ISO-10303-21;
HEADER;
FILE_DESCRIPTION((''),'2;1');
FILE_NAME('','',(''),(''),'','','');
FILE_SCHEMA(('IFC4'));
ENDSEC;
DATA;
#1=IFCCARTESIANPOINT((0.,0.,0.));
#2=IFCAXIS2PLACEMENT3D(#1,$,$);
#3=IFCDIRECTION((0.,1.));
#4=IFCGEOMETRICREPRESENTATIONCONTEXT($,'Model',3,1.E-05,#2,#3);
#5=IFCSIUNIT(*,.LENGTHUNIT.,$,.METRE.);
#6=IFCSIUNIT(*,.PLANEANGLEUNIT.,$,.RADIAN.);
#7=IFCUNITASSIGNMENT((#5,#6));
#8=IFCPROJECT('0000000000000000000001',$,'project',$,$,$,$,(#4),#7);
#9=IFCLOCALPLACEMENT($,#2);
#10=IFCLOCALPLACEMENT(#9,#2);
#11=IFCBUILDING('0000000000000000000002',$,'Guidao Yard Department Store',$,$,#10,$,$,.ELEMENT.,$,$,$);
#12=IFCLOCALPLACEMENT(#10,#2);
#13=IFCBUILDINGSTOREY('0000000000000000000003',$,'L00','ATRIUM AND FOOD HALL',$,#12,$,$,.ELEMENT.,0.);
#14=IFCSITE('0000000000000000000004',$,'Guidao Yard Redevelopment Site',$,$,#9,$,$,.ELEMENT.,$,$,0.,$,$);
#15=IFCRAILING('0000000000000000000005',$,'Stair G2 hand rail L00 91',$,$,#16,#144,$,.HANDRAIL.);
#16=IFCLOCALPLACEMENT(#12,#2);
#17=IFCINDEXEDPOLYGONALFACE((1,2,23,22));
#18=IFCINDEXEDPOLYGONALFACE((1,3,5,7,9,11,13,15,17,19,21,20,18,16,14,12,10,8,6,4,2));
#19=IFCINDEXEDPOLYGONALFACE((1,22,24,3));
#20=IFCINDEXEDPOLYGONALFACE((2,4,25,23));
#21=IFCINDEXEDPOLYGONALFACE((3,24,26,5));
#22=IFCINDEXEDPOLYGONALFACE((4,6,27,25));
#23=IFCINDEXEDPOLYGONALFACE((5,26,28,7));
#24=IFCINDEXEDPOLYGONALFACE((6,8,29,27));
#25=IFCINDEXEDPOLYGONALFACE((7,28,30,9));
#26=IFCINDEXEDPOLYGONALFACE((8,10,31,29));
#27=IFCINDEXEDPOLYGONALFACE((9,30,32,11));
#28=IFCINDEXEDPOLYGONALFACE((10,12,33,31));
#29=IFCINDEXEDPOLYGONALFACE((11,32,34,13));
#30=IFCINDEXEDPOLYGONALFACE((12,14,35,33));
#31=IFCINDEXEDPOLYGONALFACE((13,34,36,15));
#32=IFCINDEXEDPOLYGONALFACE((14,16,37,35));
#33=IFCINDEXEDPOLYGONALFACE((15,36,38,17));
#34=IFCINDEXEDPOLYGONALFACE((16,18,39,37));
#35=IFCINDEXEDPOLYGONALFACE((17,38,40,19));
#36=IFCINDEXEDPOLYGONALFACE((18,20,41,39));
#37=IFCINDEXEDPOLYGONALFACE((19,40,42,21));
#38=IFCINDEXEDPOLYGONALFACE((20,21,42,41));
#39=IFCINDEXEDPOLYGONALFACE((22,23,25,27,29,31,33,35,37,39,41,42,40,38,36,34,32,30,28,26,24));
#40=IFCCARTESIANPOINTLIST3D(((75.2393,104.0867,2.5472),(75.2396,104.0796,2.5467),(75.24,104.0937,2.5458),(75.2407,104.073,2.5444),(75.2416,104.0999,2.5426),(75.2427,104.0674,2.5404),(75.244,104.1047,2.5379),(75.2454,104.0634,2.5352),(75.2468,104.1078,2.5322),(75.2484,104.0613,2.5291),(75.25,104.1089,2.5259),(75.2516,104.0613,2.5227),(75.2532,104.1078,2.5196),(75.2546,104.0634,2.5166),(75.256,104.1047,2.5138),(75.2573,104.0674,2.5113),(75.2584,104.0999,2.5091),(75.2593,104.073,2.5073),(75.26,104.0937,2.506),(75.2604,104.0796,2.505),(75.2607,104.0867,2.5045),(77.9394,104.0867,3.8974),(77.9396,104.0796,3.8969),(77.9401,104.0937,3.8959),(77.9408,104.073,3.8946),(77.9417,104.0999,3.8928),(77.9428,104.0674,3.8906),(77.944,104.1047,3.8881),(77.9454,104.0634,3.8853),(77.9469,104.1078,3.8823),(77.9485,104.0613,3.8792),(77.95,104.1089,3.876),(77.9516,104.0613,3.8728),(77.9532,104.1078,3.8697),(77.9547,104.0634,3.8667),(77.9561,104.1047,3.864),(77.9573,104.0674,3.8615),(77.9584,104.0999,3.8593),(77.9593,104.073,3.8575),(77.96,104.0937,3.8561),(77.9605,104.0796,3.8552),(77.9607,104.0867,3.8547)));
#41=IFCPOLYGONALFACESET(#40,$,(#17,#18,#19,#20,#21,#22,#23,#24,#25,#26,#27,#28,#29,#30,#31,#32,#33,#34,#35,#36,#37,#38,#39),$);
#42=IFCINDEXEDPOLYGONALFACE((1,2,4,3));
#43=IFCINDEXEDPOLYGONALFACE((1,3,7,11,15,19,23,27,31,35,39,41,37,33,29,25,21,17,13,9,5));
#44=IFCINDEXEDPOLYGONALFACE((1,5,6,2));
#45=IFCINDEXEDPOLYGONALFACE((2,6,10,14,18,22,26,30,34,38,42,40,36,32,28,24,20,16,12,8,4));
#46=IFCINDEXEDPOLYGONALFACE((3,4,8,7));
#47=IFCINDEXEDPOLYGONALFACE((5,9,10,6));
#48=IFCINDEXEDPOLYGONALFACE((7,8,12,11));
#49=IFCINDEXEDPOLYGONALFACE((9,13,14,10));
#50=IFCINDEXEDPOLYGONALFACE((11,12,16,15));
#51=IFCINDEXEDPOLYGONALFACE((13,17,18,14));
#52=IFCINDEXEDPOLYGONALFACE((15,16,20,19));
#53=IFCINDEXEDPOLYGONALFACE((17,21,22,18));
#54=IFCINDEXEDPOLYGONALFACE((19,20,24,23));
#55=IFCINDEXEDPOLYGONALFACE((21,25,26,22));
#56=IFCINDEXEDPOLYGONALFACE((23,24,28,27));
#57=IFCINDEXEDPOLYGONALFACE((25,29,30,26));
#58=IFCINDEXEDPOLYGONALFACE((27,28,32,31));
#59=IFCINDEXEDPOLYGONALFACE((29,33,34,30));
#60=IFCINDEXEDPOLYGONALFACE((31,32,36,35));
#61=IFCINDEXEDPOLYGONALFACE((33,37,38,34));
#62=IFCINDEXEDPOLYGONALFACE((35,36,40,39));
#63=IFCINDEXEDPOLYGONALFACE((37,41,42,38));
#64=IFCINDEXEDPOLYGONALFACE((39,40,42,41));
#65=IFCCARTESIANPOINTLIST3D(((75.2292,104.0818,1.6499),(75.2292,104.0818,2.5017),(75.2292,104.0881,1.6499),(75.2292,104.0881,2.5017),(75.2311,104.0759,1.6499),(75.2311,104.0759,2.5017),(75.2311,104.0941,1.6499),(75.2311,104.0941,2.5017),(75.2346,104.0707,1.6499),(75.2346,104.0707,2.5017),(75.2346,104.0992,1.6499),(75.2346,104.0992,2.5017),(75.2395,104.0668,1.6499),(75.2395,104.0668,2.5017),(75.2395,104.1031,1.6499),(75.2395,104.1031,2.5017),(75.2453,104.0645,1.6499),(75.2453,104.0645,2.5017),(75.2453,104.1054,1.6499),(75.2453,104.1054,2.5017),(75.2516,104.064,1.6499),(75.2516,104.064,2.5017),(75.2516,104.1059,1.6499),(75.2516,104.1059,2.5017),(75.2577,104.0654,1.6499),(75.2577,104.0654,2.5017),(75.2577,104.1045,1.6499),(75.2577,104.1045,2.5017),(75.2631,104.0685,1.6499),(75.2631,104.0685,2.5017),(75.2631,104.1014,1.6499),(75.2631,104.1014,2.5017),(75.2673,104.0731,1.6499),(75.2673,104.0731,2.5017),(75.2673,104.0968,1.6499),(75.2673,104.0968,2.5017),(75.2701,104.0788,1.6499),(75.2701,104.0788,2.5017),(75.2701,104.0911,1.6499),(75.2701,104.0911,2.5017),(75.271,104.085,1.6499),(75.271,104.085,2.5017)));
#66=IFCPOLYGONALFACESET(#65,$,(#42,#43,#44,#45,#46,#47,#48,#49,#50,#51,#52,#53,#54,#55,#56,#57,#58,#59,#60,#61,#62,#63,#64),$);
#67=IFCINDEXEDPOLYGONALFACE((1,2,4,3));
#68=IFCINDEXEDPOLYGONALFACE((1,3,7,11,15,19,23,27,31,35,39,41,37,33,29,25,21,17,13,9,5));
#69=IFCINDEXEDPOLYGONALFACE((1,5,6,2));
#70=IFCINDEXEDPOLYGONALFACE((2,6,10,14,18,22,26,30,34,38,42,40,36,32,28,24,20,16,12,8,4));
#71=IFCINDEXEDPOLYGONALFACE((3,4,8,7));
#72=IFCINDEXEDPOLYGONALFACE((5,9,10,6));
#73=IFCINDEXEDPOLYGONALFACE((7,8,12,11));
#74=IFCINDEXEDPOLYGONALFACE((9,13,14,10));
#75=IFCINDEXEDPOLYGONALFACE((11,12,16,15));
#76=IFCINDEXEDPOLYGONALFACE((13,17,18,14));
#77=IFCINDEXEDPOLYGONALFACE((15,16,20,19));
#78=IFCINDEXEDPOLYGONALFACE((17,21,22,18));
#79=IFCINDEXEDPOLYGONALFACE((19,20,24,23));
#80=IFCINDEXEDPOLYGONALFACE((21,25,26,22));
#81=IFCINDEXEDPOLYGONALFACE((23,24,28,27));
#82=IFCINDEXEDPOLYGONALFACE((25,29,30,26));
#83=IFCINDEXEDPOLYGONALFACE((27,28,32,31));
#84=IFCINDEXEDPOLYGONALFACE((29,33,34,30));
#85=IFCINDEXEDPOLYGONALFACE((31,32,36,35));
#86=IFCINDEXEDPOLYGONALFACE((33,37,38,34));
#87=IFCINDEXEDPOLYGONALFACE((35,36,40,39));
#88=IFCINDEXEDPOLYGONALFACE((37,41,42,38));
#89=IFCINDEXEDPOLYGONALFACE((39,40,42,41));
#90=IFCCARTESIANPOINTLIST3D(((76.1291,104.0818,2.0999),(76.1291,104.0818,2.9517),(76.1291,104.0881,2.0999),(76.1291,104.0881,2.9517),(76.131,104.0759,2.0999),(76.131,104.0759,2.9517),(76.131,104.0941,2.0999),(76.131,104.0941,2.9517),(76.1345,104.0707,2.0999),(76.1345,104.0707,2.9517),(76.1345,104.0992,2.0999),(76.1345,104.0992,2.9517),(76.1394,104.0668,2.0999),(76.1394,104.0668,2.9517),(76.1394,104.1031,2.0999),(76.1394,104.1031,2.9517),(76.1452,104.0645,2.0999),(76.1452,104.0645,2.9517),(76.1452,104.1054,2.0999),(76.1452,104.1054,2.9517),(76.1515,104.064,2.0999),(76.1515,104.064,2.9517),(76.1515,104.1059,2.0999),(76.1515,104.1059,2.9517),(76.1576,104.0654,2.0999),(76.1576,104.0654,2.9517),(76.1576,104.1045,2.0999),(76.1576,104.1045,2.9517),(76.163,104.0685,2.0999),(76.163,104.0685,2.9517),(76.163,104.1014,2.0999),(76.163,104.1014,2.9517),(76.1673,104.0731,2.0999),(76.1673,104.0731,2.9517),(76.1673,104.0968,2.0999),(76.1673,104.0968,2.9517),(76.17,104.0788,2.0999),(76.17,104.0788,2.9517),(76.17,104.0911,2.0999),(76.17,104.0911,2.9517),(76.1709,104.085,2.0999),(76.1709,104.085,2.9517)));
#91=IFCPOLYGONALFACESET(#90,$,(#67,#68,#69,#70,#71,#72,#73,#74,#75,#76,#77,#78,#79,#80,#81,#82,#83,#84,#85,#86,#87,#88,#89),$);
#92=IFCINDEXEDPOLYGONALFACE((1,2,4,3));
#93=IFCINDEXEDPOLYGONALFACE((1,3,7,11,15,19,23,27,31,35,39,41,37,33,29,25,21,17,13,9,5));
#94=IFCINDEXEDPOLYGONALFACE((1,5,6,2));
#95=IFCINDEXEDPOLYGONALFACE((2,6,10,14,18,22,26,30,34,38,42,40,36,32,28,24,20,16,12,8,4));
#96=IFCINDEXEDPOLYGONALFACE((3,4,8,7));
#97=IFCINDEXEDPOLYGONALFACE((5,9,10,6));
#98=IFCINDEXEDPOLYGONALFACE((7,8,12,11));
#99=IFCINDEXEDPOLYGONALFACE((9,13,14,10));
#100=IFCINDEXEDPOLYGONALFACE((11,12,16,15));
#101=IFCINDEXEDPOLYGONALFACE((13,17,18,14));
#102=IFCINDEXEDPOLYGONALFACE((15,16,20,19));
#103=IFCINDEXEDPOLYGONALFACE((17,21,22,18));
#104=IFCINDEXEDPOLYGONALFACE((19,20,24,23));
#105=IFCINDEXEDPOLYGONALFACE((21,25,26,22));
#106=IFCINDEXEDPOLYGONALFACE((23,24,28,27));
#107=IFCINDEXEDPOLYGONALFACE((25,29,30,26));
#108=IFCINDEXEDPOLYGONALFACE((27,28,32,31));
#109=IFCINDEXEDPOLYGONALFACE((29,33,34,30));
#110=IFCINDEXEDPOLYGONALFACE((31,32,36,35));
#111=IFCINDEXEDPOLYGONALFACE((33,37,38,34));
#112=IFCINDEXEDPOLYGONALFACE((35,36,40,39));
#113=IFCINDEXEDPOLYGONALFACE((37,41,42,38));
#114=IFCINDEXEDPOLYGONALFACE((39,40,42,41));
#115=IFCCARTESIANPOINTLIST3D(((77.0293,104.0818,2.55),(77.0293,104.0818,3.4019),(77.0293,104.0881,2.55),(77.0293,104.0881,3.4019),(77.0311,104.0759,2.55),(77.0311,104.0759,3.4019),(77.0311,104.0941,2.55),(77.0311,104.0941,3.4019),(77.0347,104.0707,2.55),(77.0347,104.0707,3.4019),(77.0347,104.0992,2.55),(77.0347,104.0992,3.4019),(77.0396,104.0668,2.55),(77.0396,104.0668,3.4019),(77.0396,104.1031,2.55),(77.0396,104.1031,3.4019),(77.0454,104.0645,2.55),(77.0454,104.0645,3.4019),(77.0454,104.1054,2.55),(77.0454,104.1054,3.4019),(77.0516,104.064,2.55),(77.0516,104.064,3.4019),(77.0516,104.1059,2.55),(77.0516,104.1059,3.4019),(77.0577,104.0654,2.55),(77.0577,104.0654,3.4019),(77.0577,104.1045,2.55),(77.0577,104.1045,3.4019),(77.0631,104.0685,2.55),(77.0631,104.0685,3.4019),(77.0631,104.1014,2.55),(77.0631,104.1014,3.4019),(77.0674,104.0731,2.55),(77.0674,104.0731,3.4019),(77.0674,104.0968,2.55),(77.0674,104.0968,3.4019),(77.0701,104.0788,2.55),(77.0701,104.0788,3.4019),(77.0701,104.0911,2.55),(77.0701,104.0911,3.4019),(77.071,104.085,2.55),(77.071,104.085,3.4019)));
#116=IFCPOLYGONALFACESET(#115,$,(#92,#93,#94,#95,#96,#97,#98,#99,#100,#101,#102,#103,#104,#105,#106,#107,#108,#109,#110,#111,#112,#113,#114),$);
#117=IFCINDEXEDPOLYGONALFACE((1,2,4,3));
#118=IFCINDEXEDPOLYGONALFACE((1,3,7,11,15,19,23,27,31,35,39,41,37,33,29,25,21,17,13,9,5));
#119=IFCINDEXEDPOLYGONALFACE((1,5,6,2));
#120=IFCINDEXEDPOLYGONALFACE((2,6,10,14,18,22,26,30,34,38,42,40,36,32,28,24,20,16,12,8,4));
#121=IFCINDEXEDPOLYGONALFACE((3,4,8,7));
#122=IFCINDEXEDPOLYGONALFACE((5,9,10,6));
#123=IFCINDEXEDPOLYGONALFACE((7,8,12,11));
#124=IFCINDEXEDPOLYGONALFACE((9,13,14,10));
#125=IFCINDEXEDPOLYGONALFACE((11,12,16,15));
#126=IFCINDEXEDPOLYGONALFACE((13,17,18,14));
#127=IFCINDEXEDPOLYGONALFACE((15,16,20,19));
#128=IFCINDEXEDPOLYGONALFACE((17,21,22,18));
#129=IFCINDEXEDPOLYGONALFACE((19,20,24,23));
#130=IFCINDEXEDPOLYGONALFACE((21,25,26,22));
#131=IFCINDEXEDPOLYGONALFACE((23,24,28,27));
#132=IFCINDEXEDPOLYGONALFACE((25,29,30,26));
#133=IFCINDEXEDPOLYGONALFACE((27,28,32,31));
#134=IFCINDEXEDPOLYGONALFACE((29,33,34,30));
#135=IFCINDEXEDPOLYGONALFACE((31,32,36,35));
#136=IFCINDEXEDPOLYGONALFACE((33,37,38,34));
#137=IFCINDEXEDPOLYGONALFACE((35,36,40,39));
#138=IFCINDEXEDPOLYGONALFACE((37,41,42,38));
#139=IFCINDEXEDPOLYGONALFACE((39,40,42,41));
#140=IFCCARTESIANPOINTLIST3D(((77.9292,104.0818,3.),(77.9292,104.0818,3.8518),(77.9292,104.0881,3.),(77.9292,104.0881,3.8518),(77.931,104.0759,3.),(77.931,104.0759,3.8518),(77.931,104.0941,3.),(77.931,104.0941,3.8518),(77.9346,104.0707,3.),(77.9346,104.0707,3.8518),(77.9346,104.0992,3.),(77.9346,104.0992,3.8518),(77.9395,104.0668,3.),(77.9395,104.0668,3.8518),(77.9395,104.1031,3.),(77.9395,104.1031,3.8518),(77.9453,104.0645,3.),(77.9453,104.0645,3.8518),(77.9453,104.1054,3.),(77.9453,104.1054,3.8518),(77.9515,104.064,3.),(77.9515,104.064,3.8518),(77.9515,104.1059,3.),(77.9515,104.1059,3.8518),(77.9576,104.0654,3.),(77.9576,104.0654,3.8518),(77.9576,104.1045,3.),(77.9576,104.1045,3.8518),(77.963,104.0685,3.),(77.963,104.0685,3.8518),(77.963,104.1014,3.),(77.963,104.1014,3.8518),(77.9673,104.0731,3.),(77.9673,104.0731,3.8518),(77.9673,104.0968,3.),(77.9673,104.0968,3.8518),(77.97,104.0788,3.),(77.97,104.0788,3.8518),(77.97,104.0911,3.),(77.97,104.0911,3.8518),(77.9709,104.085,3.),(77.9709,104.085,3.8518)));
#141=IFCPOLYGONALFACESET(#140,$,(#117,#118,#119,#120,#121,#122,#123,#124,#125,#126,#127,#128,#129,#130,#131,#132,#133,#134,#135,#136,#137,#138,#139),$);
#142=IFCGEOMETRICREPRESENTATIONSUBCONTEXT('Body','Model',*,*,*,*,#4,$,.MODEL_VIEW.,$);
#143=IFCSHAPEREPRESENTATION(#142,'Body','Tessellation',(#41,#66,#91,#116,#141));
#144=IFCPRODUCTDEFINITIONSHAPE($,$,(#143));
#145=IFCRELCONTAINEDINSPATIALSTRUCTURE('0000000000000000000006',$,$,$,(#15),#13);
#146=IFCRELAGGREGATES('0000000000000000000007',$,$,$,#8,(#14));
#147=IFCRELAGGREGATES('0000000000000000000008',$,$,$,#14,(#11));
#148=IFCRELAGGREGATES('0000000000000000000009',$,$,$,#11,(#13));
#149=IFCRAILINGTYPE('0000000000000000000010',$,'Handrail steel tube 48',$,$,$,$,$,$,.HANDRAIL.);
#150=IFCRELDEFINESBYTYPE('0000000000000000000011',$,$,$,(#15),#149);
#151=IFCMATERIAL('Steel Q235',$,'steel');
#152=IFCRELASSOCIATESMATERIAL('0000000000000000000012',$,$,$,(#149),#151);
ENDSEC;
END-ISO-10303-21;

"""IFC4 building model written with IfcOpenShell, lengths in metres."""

from ifc_helpers import new_model, si_unit, direction, frame, origin, origin_2d, place, context, subcontext, project, spatial, circle, extrude, material, type_object, element, save


model = new_model("IFC4")

# Units and contexts
model_context = context("Model", 3, precision=1e-05, world=origin(), true_north=direction((0.0, 1.0)))
body_context = subcontext(model_context, "Body", "Model", "MODEL_VIEW")
ifc_project = project(units=[si_unit("LENGTHUNIT", "METRE"), si_unit("PLANEANGLEUNIT", "RADIAN")], contexts=[model_context])

# Site, building, storey
site_placement = place(None, origin())
site = spatial("IfcSite", under=ifc_project, at=site_placement, Name="Guidao Yard Redevelopment Site", CompositionType="ELEMENT", RefElevation=0.0)
building_placement = place(site_placement, origin())
building = spatial("IfcBuilding", under=site, at=building_placement, Name="Guidao Yard Department Store", CompositionType="ELEMENT")
storey_placement = place(building_placement, origin())
storey = spatial("IfcBuildingStorey", under=building, at=storey_placement, Name="L00", Description="ATRIUM AND FOOD HALL", CompositionType="ELEMENT", Elevation=0.0)

# Railing
ifc_material_1 = material(Name="Steel Q235", Category="steel")
railing_type = type_object("IfcRailingType", Name="Handrail steel tube 48", PredefinedType="HANDRAIL", material=ifc_material_1)
for number, where, name in (
    (1, (75.25, 104.085, 1.6499), "Stair G2 hand rail L00 91"),
):
    element("IfcRailing", number, at=place(storey_placement, frame(where)), inside=storey, type_object=railing_type, Name=name, PredefinedType="HANDRAIL", context=body_context, shape_type="SweptSolid", body=[
        extrude(circle(Radius=0.0239, at=origin_2d()), frame((0.0, 0.0, 0.876), z_axis=(0.894411, 0.0, 0.447246), x_axis=(0.0, 1.0, 0.0)), (0.0, 0.0, 1.0), 3.0188),
        extrude(circle(Radius=0.021, at=origin_2d()), origin(), (0.0, 0.0, 1.0), 0.8518),
        extrude(circle(Radius=0.021, at=origin_2d()), frame((0.8999, 0.0, 0.45)), (0.0, 0.0, 1.0), 0.8518),
        extrude(circle(Radius=0.021, at=origin_2d()), frame((1.8, 0.0, 0.9001)), (0.0, 0.0, 1.0), 0.8518),
        extrude(circle(Radius=0.021, at=origin_2d()), frame((2.7, 0.0, 1.3501)), (0.0, 0.0, 1.0), 0.8518),
    ])

save(model, "model.ifc")
